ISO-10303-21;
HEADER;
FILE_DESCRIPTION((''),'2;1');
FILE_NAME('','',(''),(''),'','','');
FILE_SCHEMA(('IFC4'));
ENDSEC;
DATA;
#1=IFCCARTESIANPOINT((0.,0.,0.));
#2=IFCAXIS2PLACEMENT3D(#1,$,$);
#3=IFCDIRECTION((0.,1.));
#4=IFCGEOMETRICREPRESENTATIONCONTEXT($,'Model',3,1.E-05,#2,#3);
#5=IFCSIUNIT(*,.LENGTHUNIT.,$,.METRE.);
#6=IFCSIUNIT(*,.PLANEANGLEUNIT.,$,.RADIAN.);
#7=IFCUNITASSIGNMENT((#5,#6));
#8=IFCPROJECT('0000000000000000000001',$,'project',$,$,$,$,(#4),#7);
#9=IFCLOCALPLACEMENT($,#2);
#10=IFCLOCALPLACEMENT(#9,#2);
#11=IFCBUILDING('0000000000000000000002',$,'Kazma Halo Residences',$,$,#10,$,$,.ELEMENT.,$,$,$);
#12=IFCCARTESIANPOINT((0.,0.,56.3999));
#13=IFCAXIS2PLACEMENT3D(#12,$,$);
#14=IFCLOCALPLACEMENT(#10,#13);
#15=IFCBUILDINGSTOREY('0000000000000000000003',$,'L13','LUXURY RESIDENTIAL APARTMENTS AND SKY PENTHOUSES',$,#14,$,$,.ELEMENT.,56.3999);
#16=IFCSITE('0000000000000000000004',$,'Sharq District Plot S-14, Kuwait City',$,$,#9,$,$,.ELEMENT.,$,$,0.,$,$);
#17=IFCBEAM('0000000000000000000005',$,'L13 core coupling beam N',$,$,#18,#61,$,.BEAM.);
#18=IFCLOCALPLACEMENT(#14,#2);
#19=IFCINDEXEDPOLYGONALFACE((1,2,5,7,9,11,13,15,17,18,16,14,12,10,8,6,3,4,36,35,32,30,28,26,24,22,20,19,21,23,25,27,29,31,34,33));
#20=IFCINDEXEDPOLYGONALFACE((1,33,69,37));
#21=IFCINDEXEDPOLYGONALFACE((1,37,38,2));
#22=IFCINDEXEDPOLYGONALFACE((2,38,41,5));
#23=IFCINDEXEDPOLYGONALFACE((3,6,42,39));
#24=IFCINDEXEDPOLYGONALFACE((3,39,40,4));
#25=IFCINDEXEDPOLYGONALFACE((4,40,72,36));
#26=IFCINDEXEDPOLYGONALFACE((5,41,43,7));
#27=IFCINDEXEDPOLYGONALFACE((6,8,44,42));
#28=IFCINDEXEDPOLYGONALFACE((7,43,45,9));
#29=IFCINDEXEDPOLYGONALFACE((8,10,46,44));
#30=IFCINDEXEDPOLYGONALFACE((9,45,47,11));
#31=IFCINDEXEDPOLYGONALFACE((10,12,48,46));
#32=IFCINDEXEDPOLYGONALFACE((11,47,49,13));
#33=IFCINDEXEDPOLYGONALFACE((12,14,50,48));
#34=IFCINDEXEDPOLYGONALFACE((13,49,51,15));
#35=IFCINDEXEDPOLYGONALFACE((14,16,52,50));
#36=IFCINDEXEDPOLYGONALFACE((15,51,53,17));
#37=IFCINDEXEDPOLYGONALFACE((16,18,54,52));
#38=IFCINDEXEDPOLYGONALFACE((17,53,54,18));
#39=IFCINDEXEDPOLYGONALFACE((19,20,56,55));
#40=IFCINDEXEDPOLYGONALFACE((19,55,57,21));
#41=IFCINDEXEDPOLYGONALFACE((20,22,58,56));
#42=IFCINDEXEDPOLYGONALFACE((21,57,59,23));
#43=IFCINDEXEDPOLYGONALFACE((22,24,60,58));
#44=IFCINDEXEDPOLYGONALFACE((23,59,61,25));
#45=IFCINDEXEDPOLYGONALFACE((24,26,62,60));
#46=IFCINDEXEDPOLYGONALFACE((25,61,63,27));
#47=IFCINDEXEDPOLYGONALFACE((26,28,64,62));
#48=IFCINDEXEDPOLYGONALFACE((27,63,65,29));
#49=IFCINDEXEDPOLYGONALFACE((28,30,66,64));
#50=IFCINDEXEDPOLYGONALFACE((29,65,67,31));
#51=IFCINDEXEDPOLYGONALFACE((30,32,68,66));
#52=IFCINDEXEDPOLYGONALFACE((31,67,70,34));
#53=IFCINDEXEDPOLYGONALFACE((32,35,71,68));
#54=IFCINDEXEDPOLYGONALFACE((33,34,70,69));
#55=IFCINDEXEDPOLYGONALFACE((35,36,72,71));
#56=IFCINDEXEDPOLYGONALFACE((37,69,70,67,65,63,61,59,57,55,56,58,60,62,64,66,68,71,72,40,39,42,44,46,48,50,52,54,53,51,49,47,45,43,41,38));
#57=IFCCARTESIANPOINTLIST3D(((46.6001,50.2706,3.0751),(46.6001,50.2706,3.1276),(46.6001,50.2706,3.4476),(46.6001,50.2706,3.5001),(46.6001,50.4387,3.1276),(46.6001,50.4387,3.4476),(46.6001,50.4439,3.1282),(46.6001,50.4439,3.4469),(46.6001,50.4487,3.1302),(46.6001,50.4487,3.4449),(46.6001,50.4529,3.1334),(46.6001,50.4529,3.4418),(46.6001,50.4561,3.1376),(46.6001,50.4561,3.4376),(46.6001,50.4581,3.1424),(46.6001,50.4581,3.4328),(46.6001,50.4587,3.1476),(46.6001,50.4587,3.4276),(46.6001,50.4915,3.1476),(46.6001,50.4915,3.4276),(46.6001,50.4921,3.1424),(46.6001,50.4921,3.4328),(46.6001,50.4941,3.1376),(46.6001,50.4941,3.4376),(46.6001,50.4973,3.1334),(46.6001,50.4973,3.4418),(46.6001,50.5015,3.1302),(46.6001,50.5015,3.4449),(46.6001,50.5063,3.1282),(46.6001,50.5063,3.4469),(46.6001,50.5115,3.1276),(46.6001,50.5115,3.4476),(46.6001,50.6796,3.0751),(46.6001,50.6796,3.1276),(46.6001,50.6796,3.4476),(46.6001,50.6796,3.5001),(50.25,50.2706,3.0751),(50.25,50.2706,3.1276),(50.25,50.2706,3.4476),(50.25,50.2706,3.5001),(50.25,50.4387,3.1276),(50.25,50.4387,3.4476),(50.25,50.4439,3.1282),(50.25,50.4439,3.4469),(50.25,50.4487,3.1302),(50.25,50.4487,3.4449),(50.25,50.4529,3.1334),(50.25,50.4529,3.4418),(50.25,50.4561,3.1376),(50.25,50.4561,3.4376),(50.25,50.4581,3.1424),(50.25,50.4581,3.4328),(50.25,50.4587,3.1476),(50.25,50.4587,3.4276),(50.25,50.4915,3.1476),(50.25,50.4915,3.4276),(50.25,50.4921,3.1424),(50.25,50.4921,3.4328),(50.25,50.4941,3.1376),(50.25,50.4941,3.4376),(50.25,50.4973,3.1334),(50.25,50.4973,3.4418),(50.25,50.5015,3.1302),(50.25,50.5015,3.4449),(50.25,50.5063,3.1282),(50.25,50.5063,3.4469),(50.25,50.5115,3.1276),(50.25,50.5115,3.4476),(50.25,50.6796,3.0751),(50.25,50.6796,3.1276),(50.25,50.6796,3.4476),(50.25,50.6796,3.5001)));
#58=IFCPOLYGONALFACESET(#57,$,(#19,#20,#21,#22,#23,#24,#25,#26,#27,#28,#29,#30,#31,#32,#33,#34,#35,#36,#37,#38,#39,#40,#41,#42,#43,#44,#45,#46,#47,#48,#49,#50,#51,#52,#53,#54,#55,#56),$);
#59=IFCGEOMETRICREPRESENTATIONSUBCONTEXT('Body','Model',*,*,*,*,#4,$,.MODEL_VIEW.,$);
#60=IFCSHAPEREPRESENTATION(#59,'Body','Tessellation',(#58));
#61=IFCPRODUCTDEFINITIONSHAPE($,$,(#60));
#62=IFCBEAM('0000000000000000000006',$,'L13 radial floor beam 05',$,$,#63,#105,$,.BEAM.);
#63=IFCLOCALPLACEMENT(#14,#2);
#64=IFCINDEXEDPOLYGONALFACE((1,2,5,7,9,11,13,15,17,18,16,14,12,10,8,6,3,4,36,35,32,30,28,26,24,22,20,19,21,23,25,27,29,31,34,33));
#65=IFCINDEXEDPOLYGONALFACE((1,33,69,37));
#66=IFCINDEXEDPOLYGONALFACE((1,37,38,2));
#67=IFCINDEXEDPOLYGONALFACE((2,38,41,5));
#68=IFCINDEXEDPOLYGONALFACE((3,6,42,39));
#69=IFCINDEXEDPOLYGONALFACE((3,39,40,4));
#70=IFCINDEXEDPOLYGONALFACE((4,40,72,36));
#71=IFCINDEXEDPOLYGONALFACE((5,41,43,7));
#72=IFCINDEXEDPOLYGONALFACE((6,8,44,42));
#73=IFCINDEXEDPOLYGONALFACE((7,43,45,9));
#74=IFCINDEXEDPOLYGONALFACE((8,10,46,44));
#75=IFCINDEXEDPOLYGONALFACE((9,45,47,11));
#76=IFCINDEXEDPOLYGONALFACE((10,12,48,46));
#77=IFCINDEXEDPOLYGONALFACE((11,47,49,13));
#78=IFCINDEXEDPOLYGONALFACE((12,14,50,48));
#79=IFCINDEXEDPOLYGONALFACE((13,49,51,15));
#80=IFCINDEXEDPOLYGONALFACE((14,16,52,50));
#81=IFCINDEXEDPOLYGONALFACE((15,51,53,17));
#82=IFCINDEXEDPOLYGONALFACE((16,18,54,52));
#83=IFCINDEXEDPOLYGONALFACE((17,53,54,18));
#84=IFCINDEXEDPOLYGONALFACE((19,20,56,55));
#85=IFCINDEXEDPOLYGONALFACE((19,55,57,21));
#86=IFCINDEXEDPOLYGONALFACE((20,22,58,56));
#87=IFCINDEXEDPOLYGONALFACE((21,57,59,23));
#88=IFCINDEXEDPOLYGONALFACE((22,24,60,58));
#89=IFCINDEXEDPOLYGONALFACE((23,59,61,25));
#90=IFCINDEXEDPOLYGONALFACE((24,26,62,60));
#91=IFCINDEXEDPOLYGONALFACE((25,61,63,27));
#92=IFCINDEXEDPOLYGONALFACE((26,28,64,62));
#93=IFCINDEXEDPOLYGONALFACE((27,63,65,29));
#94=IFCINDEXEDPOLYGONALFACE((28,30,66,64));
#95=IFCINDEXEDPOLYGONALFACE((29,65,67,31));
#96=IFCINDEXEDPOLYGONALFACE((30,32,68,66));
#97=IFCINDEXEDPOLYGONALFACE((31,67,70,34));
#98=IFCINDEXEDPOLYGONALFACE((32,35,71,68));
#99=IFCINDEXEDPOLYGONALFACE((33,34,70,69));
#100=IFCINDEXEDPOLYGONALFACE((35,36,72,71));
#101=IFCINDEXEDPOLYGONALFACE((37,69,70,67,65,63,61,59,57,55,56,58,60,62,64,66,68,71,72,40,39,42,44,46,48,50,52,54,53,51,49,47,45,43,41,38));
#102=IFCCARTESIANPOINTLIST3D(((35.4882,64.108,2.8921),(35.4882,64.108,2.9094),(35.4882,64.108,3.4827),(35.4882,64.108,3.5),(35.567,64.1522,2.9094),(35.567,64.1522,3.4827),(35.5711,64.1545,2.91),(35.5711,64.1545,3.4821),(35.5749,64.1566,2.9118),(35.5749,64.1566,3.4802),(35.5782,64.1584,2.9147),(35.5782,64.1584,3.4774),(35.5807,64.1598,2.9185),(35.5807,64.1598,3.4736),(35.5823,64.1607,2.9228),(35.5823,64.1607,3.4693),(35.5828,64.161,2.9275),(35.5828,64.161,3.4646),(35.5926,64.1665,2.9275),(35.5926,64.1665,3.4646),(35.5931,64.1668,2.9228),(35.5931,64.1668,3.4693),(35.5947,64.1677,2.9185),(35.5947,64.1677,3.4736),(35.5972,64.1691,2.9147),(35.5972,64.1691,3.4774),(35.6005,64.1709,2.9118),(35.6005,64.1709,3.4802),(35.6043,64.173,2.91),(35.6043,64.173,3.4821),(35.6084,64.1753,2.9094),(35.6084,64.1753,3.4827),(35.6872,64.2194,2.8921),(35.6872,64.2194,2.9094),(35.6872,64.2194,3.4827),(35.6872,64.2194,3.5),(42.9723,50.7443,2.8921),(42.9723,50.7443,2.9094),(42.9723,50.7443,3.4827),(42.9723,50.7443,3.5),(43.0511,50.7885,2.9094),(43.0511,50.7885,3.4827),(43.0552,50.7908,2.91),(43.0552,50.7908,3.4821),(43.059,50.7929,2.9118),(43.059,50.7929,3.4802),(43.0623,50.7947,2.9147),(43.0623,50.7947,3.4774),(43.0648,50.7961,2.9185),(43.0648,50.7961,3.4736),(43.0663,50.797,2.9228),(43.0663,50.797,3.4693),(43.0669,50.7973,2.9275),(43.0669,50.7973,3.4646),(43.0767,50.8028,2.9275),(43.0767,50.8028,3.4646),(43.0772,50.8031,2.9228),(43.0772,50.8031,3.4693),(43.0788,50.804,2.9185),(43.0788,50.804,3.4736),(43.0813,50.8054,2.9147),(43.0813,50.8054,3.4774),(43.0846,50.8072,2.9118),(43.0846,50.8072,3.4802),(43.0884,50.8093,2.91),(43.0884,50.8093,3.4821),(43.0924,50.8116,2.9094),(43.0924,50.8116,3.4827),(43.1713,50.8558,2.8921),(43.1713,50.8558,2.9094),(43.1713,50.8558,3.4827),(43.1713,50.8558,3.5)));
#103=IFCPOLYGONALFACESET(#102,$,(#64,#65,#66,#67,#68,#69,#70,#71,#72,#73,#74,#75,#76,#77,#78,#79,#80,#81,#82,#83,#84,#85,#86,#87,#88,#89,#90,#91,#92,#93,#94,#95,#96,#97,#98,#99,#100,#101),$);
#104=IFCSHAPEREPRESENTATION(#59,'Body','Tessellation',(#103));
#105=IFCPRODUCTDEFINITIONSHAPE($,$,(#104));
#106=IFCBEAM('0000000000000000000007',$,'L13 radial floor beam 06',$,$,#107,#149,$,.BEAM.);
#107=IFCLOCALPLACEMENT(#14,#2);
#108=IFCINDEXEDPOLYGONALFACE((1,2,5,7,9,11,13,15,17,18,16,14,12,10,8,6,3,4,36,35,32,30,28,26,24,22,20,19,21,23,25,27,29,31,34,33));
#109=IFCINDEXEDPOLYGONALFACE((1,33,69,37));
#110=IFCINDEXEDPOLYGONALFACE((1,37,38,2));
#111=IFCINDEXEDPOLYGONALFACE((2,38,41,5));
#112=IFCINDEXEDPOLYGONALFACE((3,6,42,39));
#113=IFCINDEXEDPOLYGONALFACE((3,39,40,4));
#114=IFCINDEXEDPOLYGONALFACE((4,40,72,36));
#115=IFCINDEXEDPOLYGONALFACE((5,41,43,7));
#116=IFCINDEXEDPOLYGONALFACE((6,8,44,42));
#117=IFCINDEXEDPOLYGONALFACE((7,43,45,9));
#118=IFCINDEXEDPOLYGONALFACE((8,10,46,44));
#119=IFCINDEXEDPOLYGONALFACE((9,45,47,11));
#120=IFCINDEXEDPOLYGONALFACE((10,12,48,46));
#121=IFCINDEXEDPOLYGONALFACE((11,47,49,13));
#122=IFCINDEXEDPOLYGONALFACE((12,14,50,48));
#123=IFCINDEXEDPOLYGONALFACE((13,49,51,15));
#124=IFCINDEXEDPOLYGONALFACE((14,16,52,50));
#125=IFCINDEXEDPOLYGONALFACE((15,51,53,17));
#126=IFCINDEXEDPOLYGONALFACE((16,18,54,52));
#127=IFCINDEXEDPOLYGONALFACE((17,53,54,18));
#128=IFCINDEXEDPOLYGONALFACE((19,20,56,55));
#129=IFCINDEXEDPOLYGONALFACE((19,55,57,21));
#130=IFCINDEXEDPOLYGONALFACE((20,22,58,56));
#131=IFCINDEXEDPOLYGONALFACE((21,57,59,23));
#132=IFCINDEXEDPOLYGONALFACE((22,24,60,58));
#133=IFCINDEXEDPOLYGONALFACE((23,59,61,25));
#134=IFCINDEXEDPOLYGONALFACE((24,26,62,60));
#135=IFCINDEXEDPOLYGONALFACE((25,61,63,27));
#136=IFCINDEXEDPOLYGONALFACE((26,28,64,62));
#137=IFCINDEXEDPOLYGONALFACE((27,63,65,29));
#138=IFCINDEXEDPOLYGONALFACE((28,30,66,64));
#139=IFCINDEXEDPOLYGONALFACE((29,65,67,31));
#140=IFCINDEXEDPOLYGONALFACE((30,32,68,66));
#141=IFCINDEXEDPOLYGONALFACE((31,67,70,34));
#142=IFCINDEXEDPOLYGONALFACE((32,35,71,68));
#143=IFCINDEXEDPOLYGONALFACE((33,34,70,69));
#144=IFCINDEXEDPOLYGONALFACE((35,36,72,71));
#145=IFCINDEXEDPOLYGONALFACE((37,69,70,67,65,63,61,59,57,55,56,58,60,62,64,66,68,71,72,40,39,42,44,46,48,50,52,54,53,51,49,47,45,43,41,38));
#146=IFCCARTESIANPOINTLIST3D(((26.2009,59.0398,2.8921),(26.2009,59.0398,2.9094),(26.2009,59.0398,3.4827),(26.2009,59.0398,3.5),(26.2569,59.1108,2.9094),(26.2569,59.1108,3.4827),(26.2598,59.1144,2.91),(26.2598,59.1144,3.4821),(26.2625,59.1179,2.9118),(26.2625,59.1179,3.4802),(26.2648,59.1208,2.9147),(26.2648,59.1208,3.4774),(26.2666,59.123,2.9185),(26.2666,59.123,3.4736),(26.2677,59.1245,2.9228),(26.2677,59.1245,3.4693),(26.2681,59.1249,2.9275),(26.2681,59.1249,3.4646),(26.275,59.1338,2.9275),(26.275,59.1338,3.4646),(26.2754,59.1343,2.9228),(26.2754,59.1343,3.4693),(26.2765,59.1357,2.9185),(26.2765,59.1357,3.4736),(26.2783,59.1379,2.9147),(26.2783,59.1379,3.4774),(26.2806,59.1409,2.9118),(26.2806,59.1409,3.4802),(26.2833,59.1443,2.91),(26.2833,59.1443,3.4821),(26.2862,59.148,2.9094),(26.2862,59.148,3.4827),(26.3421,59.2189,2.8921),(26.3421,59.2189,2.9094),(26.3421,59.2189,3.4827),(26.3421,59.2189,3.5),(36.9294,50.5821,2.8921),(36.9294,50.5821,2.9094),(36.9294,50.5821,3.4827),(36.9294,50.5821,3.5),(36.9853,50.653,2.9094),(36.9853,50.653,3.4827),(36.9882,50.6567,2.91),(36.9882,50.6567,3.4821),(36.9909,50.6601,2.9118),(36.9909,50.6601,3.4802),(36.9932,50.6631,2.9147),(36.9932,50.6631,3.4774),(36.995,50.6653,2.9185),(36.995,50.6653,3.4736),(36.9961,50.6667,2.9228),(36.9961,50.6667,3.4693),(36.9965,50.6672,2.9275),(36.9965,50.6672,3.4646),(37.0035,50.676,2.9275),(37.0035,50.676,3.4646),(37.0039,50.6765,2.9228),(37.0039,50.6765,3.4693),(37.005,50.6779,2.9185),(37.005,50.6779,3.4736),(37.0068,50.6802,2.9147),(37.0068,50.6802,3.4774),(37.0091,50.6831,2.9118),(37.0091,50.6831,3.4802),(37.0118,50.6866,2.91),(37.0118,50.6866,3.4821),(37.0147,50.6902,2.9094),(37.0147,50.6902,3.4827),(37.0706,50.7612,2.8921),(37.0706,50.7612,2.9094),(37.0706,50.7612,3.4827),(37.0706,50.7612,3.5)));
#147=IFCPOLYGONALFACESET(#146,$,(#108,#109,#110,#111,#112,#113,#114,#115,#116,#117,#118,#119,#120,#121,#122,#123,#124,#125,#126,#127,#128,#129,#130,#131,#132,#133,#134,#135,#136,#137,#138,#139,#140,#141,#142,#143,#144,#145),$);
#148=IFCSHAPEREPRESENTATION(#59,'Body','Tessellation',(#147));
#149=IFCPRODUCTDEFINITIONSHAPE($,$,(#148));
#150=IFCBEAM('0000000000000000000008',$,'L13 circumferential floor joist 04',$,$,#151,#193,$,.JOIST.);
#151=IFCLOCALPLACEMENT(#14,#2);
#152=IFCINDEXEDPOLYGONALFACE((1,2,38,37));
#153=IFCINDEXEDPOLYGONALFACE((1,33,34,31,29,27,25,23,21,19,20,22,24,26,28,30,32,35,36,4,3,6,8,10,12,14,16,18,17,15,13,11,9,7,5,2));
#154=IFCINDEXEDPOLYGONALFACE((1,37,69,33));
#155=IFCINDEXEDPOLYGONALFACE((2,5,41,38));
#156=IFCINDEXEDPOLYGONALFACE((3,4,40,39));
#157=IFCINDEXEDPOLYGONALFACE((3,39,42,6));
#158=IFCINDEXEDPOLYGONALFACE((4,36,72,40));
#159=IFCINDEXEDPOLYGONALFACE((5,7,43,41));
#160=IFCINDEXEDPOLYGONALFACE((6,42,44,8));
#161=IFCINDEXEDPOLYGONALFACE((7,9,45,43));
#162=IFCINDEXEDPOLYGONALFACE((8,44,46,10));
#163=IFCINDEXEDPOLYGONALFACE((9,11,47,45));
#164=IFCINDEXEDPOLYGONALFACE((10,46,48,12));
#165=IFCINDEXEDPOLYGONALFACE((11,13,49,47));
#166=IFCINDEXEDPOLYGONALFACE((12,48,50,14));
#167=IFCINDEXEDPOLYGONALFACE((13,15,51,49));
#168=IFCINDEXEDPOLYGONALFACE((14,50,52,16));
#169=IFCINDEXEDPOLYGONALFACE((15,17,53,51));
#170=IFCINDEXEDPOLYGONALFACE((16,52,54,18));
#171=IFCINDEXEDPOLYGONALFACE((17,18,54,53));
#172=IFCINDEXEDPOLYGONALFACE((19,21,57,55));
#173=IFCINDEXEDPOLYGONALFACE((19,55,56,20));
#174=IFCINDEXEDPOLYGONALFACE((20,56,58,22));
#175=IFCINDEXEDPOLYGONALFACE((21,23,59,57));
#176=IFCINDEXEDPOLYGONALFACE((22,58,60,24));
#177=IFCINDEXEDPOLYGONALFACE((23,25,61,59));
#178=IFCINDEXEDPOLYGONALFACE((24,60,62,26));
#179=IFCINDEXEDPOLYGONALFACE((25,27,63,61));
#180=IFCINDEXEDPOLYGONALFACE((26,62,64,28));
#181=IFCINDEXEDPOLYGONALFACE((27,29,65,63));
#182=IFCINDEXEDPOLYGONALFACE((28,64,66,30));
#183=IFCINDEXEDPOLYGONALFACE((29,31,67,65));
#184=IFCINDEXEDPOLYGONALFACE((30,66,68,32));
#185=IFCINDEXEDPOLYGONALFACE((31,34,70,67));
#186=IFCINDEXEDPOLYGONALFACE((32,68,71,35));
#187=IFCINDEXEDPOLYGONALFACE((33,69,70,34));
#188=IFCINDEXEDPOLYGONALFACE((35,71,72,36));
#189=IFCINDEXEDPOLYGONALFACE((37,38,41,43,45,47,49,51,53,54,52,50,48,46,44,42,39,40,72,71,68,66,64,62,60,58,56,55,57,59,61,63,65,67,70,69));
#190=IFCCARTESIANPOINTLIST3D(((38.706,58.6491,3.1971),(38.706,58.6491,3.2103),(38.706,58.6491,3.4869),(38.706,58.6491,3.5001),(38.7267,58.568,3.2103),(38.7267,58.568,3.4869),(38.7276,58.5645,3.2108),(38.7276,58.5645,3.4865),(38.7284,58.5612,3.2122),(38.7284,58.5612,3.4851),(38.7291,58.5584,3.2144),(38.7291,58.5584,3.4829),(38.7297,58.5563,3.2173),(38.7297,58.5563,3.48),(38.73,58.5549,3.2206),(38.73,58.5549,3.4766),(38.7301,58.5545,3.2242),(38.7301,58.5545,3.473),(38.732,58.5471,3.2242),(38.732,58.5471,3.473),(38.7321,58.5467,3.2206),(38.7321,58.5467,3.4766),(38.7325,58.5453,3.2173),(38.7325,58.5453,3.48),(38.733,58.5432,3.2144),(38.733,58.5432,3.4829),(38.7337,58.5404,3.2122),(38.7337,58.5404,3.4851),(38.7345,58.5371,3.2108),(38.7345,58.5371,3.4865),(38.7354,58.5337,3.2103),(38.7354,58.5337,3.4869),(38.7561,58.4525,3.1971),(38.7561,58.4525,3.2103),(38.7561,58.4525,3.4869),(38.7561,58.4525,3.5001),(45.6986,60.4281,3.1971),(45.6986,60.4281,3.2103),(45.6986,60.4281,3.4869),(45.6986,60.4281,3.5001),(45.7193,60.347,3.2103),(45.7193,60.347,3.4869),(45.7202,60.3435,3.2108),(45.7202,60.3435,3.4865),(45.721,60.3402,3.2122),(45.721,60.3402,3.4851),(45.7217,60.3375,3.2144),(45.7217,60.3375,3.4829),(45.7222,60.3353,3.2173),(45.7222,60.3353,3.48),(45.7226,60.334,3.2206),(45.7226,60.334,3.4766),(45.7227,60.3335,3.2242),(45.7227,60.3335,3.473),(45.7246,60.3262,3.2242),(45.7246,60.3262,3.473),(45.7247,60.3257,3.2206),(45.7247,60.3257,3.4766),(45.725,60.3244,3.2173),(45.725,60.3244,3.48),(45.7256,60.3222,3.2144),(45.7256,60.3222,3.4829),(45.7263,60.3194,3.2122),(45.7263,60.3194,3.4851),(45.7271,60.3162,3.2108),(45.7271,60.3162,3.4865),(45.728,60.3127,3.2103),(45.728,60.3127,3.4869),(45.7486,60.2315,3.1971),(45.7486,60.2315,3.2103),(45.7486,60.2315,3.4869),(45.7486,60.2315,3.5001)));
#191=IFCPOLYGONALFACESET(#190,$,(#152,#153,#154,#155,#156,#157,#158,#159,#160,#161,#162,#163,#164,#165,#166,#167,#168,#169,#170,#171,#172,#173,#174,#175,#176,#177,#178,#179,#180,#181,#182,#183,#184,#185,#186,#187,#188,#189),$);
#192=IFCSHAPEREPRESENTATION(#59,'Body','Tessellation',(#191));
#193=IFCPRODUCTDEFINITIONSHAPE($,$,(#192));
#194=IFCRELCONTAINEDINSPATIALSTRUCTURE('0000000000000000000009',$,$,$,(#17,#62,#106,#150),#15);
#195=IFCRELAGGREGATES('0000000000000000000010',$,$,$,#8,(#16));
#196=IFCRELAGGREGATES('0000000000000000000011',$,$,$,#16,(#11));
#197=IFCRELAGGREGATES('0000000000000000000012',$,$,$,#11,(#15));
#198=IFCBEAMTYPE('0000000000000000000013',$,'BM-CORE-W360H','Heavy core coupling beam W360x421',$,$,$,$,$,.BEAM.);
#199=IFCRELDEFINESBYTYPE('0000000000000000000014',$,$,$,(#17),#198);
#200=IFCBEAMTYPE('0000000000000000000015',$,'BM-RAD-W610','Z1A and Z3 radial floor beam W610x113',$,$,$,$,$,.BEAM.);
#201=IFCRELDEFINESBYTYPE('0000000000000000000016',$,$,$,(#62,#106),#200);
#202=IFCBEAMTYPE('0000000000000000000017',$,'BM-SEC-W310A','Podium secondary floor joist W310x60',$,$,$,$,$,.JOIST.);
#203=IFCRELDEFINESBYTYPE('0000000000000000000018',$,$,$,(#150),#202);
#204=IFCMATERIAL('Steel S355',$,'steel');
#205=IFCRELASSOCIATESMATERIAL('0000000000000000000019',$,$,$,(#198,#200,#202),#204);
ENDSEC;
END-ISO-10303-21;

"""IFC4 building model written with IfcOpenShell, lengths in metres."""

from ifc_helpers import new_model, si_unit, direction, frame, origin, origin_2d, place, context, subcontext, project, spatial, i_section, extrude, material, material_profile, profile_set, type_object, element, save


model = new_model("IFC4")

# Units and contexts
model_context = context("Model", 3, precision=1e-05, world=origin(), true_north=direction((0.0, 1.0)))
body_context = subcontext(model_context, "Body", "Model", "MODEL_VIEW")
ifc_project = project(units=[si_unit("LENGTHUNIT", "METRE"), si_unit("PLANEANGLEUNIT", "RADIAN")], contexts=[model_context])

# Site, building, storey
site_placement = place(None, origin())
site = spatial("IfcSite", under=ifc_project, at=site_placement, Name="Sharq District Plot S-14, Kuwait City", CompositionType="ELEMENT", RefElevation=0.0)
building_placement = place(site_placement, origin())
building = spatial("IfcBuilding", under=site, at=building_placement, Name="Kazma Halo Residences", CompositionType="ELEMENT")
storey_placement = place(building_placement, frame((0.0, 0.0, 56.3999)))
storey = spatial("IfcBuildingStorey", under=building, at=storey_placement, Name="L13", Description="LUXURY RESIDENTIAL APARTMENTS AND SKY PENTHOUSES", CompositionType="ELEMENT", Elevation=56.3999)

# Beams
ifc_material_1 = material(Name="Steel S355", Category="steel")
ifc_material_profile_1 = material_profile(ifc_material_1, i_section(OverallWidth=0.4089, OverallDepth=0.425, WebThickness=0.0327, FlangeThickness=0.0525, FilletRadius=0.02, at=origin_2d()), Name="W360x421")
ifc_profile_set_1 = profile_set([ifc_material_profile_1], Name="Steel S355")
beam_type_1 = type_object("IfcBeamType", Name="BM-CORE-W360H", Description="Heavy core coupling beam W360x421", PredefinedType="BEAM", material=ifc_profile_set_1)
beam_1_placement = place(storey_placement, frame((46.6001, 50.4751, 3.2876), z_axis=(1.0, 0.0, 0.0), x_axis=(0.0, 1.0, 0.0)))
element("IfcBeam", 1, at=beam_1_placement, inside=storey, type_object=beam_type_1, Name="L13 core coupling beam N", PredefinedType="BEAM", context=body_context, shape_type="SweptSolid", body=[
    extrude(i_section(OverallWidth=0.4089, OverallDepth=0.425, WebThickness=0.0327, FlangeThickness=0.0525, FilletRadius=0.02, at=origin_2d()), origin(), (0.0, 0.0, 1.0), 3.6499),
])
ifc_material_profile_2 = material_profile(ifc_material_1, i_section(OverallWidth=0.228, OverallDepth=0.6079, WebThickness=0.0112, FlangeThickness=0.0173, FilletRadius=0.0181, at=origin_2d()), Name="W610x113")
ifc_profile_set_2 = profile_set([ifc_material_profile_2], Name="Steel S355")
beam_type_2 = type_object("IfcBeamType", Name="BM-RAD-W610", Description="Z1A and Z3 radial floor beam W610x113", PredefinedType="BEAM", material=ifc_profile_set_2)
beam_2_placement = place(storey_placement, frame((43.0718, 50.8, 3.196), z_axis=(-0.488624, 0.872494, 0.0), x_axis=(-0.872494, -0.488624, 0.0)))
element("IfcBeam", 2, at=beam_2_placement, inside=storey, type_object=beam_type_2, Name="L13 radial floor beam 05", PredefinedType="BEAM", context=body_context, shape_type="SweptSolid", body=[
    extrude(i_section(OverallWidth=0.228, OverallDepth=0.6079, WebThickness=0.0112, FlangeThickness=0.0173, FilletRadius=0.0181, at=origin_2d()), origin(), (0.0, 0.0, 1.0), 15.3167),
])
beam_3_placement = place(storey_placement, frame((37.0, 50.6716, 3.196), z_axis=(-0.785314, 0.619098, 0.0), x_axis=(-0.619098, -0.785314, 0.0)))
element("IfcBeam", 3, at=beam_3_placement, inside=storey, type_object=beam_type_2, Name="L13 radial floor beam 06", PredefinedType="BEAM", context=body_context, shape_type="SweptSolid", body=[
    extrude(i_section(OverallWidth=0.228, OverallDepth=0.6079, WebThickness=0.0112, FlangeThickness=0.0173, FilletRadius=0.0181, at=origin_2d()), origin(), (0.0, 0.0, 1.0), 13.6614),
])
ifc_material_profile_3 = material_profile(ifc_material_1, i_section(OverallWidth=0.2029, OverallDepth=0.303, WebThickness=0.0076, FlangeThickness=0.0132, FilletRadius=0.0139, at=origin_2d()), Name="W310x60")
ifc_profile_set_3 = profile_set([ifc_material_profile_3], Name="Steel S355")
beam_type_3 = type_object("IfcBeamType", Name="BM-SEC-W310A", Description="Podium secondary floor joist W310x60", PredefinedType="JOIST", material=ifc_profile_set_3)
beam_4_placement = place(storey_placement, frame((45.7236, 60.3298, 3.3486), z_axis=(-0.969127, -0.246562, 0.0), x_axis=(0.246562, -0.969127, 0.0)))
element("IfcBeam", 4, at=beam_4_placement, inside=storey, type_object=beam_type_3, Name="L13 circumferential floor joist 04", PredefinedType="JOIST", context=body_context, shape_type="SweptSolid", body=[
    extrude(i_section(OverallWidth=0.2029, OverallDepth=0.303, WebThickness=0.0076, FlangeThickness=0.0132, FilletRadius=0.0139, at=origin_2d()), origin(), (0.0, 0.0, 1.0), 7.2153),
])

save(model, "model.ifc")
